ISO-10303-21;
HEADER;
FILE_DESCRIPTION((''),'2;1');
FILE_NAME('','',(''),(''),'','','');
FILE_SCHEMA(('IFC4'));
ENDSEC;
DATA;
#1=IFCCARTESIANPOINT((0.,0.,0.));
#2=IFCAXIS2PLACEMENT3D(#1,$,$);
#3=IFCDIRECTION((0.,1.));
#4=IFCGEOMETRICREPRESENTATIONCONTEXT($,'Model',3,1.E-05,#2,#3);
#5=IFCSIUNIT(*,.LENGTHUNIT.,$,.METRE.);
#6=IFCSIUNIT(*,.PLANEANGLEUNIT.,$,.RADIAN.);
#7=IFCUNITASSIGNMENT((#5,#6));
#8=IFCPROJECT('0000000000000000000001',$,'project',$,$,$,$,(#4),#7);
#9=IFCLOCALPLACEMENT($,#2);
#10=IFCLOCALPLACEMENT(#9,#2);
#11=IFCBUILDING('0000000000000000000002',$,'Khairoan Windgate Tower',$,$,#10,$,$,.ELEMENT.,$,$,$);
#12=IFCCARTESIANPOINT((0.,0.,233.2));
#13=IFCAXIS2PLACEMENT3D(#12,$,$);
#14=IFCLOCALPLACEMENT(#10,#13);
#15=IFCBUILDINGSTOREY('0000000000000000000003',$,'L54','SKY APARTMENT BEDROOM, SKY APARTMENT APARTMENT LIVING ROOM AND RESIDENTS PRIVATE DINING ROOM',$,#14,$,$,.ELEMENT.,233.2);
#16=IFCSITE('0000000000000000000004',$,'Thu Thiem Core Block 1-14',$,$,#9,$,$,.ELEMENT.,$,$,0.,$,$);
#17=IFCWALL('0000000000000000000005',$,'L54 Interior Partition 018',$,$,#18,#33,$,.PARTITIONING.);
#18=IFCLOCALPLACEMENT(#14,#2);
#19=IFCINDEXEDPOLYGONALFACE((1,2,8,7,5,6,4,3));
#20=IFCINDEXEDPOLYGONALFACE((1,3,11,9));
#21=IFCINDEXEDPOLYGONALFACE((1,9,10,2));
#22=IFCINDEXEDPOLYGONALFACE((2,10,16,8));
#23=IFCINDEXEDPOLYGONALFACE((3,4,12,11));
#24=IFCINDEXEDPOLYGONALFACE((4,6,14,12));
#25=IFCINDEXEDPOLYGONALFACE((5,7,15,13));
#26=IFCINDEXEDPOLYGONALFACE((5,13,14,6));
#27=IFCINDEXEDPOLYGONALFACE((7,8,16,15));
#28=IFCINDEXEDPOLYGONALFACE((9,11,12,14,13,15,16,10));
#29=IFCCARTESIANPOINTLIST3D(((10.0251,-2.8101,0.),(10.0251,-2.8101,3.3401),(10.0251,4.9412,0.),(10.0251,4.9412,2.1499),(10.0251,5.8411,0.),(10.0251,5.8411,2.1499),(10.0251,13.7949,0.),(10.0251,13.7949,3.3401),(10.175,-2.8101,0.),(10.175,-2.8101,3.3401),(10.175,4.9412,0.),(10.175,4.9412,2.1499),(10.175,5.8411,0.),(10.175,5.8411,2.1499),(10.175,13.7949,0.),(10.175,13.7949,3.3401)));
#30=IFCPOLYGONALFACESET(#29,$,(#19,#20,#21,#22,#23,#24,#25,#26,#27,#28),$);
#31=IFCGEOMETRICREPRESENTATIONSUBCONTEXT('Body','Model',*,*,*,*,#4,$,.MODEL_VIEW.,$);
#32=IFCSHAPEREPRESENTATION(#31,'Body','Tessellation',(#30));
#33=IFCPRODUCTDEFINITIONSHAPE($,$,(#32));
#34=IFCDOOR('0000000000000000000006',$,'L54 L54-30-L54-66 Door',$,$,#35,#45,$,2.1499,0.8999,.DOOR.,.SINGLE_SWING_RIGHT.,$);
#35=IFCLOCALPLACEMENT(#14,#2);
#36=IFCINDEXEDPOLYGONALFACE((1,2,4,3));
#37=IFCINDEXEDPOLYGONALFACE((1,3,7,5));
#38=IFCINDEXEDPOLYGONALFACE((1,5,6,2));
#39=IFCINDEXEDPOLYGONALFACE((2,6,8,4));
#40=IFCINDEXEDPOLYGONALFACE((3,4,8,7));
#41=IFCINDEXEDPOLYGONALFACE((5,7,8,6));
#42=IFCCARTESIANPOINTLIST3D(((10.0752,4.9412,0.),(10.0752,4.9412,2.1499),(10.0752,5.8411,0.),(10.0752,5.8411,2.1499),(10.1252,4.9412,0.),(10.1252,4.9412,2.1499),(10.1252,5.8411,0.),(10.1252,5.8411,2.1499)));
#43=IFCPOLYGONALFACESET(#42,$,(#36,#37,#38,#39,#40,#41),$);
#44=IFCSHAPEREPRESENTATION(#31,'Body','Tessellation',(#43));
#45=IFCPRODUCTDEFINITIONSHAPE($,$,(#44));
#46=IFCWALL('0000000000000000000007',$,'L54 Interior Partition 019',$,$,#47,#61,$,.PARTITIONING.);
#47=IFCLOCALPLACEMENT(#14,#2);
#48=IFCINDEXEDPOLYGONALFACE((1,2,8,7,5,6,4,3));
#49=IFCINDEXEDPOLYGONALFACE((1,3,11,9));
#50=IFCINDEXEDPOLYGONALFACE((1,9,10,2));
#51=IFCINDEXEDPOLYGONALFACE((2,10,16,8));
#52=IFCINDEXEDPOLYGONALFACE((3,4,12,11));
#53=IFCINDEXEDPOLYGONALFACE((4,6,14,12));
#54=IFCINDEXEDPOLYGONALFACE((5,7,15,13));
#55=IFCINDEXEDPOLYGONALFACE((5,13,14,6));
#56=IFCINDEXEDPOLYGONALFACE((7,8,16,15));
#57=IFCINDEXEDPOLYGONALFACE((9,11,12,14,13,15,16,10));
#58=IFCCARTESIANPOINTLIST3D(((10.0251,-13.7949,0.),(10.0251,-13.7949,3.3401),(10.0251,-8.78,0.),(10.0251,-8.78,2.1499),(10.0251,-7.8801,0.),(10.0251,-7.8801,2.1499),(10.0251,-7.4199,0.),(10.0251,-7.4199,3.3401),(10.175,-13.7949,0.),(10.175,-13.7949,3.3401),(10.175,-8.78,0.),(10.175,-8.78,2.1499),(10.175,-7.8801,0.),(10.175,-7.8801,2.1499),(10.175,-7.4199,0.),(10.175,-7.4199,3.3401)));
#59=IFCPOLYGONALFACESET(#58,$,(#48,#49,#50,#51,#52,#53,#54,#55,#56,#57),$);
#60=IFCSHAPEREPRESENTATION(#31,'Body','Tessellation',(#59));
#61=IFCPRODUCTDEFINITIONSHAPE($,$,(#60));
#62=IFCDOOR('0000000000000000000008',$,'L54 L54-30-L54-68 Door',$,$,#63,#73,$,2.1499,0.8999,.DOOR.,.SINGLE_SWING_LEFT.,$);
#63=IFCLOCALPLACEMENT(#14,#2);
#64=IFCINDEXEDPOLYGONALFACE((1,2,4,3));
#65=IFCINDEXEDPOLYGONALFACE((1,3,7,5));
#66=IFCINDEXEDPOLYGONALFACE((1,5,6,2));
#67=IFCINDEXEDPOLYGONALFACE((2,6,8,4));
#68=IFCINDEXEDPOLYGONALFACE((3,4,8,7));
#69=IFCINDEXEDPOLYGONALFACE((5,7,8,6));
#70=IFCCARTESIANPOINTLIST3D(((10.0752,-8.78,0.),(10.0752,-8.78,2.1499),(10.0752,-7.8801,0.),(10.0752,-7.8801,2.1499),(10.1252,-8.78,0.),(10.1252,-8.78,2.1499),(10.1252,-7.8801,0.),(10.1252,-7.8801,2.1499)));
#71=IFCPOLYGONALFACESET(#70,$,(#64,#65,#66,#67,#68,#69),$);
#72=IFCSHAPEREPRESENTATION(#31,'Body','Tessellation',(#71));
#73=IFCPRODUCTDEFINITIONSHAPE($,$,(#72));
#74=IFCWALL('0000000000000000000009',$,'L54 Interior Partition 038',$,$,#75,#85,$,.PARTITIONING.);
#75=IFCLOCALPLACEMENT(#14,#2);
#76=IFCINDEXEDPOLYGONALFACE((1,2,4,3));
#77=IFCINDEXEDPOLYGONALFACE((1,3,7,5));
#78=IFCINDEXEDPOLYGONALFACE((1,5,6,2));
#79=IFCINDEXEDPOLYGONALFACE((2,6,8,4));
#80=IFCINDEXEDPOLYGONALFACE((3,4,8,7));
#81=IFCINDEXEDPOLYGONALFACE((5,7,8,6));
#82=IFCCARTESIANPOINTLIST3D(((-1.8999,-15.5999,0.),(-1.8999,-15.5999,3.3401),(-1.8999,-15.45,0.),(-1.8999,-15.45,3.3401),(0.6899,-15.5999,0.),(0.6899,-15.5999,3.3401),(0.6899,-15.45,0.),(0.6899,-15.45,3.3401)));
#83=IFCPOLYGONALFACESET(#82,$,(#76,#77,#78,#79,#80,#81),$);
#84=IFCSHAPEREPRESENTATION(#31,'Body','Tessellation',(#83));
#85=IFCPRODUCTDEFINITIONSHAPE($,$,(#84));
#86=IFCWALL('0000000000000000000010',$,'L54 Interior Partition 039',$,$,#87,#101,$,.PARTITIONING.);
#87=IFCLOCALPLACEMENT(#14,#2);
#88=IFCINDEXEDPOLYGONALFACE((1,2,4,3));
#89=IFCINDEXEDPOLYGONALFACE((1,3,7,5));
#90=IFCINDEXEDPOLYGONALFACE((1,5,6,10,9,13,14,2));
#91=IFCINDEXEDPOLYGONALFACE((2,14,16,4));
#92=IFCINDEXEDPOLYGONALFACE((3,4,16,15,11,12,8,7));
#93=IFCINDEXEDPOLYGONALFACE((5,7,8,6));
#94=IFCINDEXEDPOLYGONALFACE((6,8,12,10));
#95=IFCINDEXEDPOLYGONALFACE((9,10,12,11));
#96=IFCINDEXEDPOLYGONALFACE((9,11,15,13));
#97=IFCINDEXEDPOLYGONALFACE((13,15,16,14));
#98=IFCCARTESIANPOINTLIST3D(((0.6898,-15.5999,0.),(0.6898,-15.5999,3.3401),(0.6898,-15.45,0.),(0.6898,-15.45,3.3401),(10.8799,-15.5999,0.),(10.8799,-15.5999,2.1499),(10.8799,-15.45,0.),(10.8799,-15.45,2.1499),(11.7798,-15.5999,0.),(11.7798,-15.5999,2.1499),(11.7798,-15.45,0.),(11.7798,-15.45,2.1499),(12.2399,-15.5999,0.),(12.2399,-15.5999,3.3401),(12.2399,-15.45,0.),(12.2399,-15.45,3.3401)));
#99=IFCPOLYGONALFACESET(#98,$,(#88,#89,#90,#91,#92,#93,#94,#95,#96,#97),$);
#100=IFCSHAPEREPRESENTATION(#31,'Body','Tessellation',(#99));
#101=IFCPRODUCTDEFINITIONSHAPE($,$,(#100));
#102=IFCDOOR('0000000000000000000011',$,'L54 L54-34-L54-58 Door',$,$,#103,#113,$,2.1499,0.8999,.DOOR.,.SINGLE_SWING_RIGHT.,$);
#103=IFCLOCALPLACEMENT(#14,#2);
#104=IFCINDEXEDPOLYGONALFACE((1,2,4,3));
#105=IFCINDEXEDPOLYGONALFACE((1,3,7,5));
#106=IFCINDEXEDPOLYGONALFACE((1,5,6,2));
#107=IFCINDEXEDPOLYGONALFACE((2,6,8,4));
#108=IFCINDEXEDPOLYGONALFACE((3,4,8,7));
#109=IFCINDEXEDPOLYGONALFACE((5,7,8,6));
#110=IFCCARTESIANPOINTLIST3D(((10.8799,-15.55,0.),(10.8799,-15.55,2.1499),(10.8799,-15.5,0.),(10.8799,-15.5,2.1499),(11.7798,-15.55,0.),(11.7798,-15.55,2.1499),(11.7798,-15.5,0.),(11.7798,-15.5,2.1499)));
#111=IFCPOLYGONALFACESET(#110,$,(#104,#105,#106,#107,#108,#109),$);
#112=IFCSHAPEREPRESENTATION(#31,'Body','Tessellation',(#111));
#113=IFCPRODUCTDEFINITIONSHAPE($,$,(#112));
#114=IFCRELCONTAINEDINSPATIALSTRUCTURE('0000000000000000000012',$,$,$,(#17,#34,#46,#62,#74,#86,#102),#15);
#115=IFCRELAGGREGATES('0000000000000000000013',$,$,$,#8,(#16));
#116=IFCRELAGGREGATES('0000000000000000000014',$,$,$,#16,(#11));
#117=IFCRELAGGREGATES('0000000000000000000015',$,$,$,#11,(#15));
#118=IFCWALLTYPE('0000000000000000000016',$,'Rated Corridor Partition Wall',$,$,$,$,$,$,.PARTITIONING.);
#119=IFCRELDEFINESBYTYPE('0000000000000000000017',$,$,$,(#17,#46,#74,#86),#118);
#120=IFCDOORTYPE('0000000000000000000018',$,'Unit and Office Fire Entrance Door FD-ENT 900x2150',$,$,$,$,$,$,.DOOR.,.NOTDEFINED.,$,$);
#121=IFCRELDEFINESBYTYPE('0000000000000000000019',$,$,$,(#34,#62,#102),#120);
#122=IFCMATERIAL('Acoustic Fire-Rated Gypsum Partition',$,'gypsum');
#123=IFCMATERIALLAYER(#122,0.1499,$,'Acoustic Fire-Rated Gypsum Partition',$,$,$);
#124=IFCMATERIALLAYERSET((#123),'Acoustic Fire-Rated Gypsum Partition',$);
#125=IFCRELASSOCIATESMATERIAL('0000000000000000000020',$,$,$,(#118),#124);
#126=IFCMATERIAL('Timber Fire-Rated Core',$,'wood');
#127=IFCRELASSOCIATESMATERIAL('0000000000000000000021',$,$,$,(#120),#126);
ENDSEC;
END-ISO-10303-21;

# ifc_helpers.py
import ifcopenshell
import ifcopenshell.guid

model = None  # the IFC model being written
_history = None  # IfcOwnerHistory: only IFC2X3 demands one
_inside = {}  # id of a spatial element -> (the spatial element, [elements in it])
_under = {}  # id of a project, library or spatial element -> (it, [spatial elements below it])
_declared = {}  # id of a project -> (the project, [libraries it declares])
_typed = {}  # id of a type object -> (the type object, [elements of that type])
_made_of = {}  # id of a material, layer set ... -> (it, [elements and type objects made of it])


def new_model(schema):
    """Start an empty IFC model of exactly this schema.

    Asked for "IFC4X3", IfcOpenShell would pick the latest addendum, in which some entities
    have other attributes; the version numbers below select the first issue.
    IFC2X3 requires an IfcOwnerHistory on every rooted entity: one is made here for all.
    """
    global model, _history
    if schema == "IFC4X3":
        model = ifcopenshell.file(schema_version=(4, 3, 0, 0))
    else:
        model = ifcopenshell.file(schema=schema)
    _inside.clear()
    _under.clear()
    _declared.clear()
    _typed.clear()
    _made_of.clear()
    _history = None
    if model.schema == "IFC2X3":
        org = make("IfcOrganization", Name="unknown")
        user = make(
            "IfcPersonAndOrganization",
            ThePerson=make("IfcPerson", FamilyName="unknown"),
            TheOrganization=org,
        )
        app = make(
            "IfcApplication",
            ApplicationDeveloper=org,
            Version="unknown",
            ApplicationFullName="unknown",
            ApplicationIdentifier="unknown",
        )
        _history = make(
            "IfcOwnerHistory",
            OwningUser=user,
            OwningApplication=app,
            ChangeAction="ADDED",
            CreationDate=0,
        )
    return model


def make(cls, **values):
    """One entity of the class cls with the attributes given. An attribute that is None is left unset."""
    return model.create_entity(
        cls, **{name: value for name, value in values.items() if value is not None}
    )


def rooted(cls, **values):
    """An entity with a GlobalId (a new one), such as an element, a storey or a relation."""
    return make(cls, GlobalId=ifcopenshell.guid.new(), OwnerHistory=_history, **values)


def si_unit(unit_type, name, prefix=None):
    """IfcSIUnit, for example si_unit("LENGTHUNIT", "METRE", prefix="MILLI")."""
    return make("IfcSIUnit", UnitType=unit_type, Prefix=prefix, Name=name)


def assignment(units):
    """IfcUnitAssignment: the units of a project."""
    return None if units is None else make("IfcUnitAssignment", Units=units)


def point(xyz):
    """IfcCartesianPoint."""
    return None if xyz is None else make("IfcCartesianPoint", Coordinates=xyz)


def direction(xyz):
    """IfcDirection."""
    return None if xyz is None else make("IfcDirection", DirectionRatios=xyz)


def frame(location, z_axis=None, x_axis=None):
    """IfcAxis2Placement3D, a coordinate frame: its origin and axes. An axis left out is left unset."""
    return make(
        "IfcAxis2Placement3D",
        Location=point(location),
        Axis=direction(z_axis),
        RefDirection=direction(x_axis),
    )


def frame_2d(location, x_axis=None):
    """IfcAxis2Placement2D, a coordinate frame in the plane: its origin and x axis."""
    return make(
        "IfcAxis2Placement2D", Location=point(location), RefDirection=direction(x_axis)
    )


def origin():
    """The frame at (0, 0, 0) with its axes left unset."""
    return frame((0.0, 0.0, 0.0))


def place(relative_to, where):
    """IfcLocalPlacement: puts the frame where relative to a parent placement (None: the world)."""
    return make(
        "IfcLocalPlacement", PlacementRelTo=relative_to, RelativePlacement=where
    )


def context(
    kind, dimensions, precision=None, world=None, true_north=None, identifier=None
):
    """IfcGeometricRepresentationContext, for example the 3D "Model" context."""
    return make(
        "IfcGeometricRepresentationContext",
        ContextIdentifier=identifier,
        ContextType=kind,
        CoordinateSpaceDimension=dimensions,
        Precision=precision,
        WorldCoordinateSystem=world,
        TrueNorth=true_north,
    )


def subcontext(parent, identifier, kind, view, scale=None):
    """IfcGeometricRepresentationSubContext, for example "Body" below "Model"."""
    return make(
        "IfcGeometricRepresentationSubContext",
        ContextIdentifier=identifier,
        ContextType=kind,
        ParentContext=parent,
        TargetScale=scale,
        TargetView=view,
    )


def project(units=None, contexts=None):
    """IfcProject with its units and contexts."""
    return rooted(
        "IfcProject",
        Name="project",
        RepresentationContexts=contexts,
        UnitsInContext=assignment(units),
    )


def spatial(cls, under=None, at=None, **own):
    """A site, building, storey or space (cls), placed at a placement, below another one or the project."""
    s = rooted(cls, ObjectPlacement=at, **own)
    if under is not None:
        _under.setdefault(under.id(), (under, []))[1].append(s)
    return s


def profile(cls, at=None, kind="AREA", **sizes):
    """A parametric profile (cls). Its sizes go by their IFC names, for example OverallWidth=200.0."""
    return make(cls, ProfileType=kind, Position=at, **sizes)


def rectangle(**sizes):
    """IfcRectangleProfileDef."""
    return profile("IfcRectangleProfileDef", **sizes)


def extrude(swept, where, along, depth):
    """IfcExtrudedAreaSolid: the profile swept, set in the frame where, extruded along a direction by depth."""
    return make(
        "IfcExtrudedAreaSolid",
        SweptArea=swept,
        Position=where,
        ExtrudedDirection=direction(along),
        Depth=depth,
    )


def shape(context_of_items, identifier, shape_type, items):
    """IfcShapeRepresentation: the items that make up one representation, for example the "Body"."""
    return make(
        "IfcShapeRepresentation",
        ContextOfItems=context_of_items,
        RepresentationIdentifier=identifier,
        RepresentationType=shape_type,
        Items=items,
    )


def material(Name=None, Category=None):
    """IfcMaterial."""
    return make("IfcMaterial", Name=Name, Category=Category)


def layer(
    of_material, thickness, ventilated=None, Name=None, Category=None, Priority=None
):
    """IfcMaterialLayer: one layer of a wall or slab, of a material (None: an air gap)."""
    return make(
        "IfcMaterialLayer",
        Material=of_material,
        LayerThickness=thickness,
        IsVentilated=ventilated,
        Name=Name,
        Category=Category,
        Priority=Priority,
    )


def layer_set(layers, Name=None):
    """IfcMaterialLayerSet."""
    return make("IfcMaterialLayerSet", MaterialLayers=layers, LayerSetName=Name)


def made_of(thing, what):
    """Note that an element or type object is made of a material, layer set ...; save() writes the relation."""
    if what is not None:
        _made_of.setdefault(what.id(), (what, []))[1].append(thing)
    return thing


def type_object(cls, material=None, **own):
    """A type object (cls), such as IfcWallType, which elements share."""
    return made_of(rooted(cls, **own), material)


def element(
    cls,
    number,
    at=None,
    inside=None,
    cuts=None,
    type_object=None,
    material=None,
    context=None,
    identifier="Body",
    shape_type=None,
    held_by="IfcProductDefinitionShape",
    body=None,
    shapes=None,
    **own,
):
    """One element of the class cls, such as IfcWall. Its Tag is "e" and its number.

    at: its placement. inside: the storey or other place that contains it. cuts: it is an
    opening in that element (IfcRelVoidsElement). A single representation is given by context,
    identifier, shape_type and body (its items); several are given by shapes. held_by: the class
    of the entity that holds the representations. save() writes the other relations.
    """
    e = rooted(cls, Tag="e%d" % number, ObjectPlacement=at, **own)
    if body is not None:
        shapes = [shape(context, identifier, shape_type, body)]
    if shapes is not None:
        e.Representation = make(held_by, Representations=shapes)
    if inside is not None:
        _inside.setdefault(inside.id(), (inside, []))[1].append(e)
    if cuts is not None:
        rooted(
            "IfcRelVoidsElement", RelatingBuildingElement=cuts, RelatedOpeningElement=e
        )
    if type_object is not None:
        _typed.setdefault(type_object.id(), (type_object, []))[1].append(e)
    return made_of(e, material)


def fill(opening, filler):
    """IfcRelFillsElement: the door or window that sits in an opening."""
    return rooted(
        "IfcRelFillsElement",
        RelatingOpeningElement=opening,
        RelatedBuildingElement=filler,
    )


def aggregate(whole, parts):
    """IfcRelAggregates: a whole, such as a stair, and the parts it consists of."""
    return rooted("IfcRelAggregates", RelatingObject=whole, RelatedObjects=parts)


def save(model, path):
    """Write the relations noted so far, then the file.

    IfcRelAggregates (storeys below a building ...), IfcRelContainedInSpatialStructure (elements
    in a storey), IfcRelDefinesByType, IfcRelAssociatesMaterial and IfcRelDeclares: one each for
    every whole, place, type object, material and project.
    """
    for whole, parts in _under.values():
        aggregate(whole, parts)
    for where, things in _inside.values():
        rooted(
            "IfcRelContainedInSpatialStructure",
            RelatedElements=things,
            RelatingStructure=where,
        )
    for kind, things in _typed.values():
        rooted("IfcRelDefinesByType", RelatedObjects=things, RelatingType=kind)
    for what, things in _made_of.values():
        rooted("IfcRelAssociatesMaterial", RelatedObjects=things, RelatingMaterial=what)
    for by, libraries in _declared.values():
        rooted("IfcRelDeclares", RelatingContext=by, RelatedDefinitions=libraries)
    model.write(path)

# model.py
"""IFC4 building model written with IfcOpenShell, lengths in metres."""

from ifc_helpers import new_model, si_unit, direction, frame, frame_2d, origin, place, context, subcontext, project, spatial, rectangle, extrude, material, layer, layer_set, type_object, element, fill, save


model = new_model("IFC4")

# Units and contexts
model_context = context("Model", 3, precision=1e-05, world=origin(), true_north=direction((0.0, 1.0)))
body_context = subcontext(model_context, "Body", "Model", "MODEL_VIEW")
ifc_project = project(units=[si_unit("LENGTHUNIT", "METRE"), si_unit("PLANEANGLEUNIT", "RADIAN")], contexts=[model_context])

# Site, building, storey
site_placement = place(None, origin())
site = spatial("IfcSite", under=ifc_project, at=site_placement, Name="Thu Thiem Core Block 1-14", CompositionType="ELEMENT", RefElevation=0.0)
building_placement = place(site_placement, origin())
building = spatial("IfcBuilding", under=site, at=building_placement, Name="Khairoan Windgate Tower", CompositionType="ELEMENT")
storey_placement = place(building_placement, frame((0.0, 0.0, 233.2)))
storey = spatial("IfcBuildingStorey", under=building, at=storey_placement, Name="L54", Description="SKY APARTMENT BEDROOM, SKY APARTMENT APARTMENT LIVING ROOM AND RESIDENTS PRIVATE DINING ROOM", CompositionType="ELEMENT", Elevation=233.2)

# Walls, openings, doors
ifc_material_1 = material(Name="Acoustic Fire-Rated Gypsum Partition", Category="gypsum")
ifc_layer_1 = layer(ifc_material_1, 0.1499, Name="Acoustic Fire-Rated Gypsum Partition")
ifc_layer_set_1 = layer_set([ifc_layer_1], Name="Acoustic Fire-Rated Gypsum Partition")
wall_type_1 = type_object("IfcWallType", Name="Rated Corridor Partition Wall", PredefinedType="PARTITIONING", material=ifc_layer_set_1)
wall_1_placement = place(storey_placement, frame((10.1001, -2.8101, 0.0), z_axis=(0.0, 0.0, 1.0), x_axis=(0.0, 1.0, 0.0)))
wall_1 = element("IfcWall", 1, at=wall_1_placement, inside=storey, type_object=wall_type_1, Name="L54 Interior Partition 018", PredefinedType="PARTITIONING", context=body_context, shape_type="SweptSolid", body=[
    extrude(rectangle(XDim=16.605, YDim=0.1499, at=frame_2d((8.3025, 0.0))), origin(), (0.0, 0.0, 1.0), 3.3401),
])
opening_1_placement = place(wall_1_placement, frame((7.7512, 0.0, 0.0)))
opening_1 = element("IfcOpeningElement", 2, at=opening_1_placement, cuts=wall_1, PredefinedType="OPENING", context=body_context, shape_type="SweptSolid", body=[
    extrude(rectangle(XDim=0.8999, YDim=2.1499, at=frame_2d((0.45, 1.075))), frame((0.0, 0.085, 0.0), z_axis=(0.0, -1.0, 0.0), x_axis=(1.0, 0.0, 0.0)), (0.0, 0.0, 1.0), 0.1699),
])
ifc_material_2 = material(Name="Timber Fire-Rated Core", Category="wood")
door_type_1 = type_object("IfcDoorType", Name="Unit and Office Fire Entrance Door FD-ENT 900x2150", OperationType="NOTDEFINED", PredefinedType="DOOR", material=ifc_material_2)
door_1_placement = place(opening_1_placement, origin())
door_1 = element("IfcDoor", 3, at=door_1_placement, inside=storey, type_object=door_type_1, Name="L54 L54-30-L54-66 Door", OperationType="SINGLE_SWING_RIGHT", OverallHeight=2.1499, OverallWidth=0.8999, PredefinedType="DOOR", context=body_context, shape_type="SweptSolid", body=[
    extrude(rectangle(XDim=0.8999, YDim=2.1499, at=frame_2d((0.45, 1.075))), frame((0.0, 0.0249, 0.0), z_axis=(0.0, -1.0, 0.0), x_axis=(1.0, 0.0, 0.0)), (0.0, 0.0, 1.0), 0.05),
])
fill(opening_1, door_1)
wall_2_placement = place(storey_placement, frame((10.1001, -13.7949, 0.0), z_axis=(0.0, 0.0, 1.0), x_axis=(0.0, 1.0, 0.0)))
wall_2 = element("IfcWall", 4, at=wall_2_placement, inside=storey, type_object=wall_type_1, Name="L54 Interior Partition 019", PredefinedType="PARTITIONING", context=body_context, shape_type="SweptSolid", body=[
    extrude(rectangle(XDim=6.375, YDim=0.1499, at=frame_2d((3.1875, 0.0))), origin(), (0.0, 0.0, 1.0), 3.3401),
])
opening_2_placement = place(wall_2_placement, frame((5.0149, 0.0, 0.0)))
opening_2 = element("IfcOpeningElement", 5, at=opening_2_placement, cuts=wall_2, PredefinedType="OPENING", context=body_context, shape_type="SweptSolid", body=[
    extrude(rectangle(XDim=0.8999, YDim=2.1499, at=frame_2d((0.45, 1.075))), frame((0.0, 0.085, 0.0), z_axis=(0.0, -1.0, 0.0), x_axis=(1.0, 0.0, 0.0)), (0.0, 0.0, 1.0), 0.1699),
])
door_2_placement = place(opening_2_placement, origin())
door_2 = element("IfcDoor", 6, at=door_2_placement, inside=storey, type_object=door_type_1, Name="L54 L54-30-L54-68 Door", OperationType="SINGLE_SWING_LEFT", OverallHeight=2.1499, OverallWidth=0.8999, PredefinedType="DOOR", context=body_context, shape_type="SweptSolid", body=[
    extrude(rectangle(XDim=0.8999, YDim=2.1499, at=frame_2d((0.45, 1.075))), frame((0.0, 0.0249, 0.0), z_axis=(0.0, -1.0, 0.0), x_axis=(1.0, 0.0, 0.0)), (0.0, 0.0, 1.0), 0.05),
])
fill(opening_2, door_2)

# Wall
wall_3_placement = place(storey_placement, frame((-1.8999, -15.5249, 0.0), z_axis=(0.0, 0.0, 1.0), x_axis=(1.0, 0.0, 0.0)))
element("IfcWall", 7, at=wall_3_placement, inside=storey, type_object=wall_type_1, Name="L54 Interior Partition 038", PredefinedType="PARTITIONING", context=body_context, shape_type="SweptSolid", body=[
    extrude(rectangle(XDim=2.5898, YDim=0.1499, at=frame_2d((1.2949, 0.0))), origin(), (0.0, 0.0, 1.0), 3.3401),
])

# Wall, opening, door
wall_4_placement = place(storey_placement, frame((0.6899, -15.5249, 0.0), z_axis=(0.0, 0.0, 1.0), x_axis=(1.0, 0.0, 0.0)))
wall_4 = element("IfcWall", 8, at=wall_4_placement, inside=storey, type_object=wall_type_1, Name="L54 Interior Partition 039", PredefinedType="PARTITIONING", context=body_context, shape_type="SweptSolid", body=[
    extrude(rectangle(XDim=11.55, YDim=0.1499, at=frame_2d((5.7749, 0.0))), origin(), (0.0, 0.0, 1.0), 3.3401),
])
opening_3_placement = place(wall_4_placement, frame((10.1899, 0.0, 0.0)))
opening_3 = element("IfcOpeningElement", 9, at=opening_3_placement, cuts=wall_4, PredefinedType="OPENING", context=body_context, shape_type="SweptSolid", body=[
    extrude(rectangle(XDim=0.8999, YDim=2.1499, at=frame_2d((0.45, 1.075))), frame((0.0, 0.085, 0.0), z_axis=(0.0, -1.0, 0.0), x_axis=(1.0, 0.0, 0.0)), (0.0, 0.0, 1.0), 0.1699),
])
door_3_placement = place(opening_3_placement, origin())
door_3 = element("IfcDoor", 10, at=door_3_placement, inside=storey, type_object=door_type_1, Name="L54 L54-34-L54-58 Door", OperationType="SINGLE_SWING_RIGHT", OverallHeight=2.1499, OverallWidth=0.8999, PredefinedType="DOOR", context=body_context, shape_type="SweptSolid", body=[
    extrude(rectangle(XDim=0.8999, YDim=2.1499, at=frame_2d((0.45, 1.075))), frame((0.0, 0.0249, 0.0), z_axis=(0.0, -1.0, 0.0), x_axis=(1.0, 0.0, 0.0)), (0.0, 0.0, 1.0), 0.05),
])
fill(opening_3, door_3)

save(model, "model.ifc")
